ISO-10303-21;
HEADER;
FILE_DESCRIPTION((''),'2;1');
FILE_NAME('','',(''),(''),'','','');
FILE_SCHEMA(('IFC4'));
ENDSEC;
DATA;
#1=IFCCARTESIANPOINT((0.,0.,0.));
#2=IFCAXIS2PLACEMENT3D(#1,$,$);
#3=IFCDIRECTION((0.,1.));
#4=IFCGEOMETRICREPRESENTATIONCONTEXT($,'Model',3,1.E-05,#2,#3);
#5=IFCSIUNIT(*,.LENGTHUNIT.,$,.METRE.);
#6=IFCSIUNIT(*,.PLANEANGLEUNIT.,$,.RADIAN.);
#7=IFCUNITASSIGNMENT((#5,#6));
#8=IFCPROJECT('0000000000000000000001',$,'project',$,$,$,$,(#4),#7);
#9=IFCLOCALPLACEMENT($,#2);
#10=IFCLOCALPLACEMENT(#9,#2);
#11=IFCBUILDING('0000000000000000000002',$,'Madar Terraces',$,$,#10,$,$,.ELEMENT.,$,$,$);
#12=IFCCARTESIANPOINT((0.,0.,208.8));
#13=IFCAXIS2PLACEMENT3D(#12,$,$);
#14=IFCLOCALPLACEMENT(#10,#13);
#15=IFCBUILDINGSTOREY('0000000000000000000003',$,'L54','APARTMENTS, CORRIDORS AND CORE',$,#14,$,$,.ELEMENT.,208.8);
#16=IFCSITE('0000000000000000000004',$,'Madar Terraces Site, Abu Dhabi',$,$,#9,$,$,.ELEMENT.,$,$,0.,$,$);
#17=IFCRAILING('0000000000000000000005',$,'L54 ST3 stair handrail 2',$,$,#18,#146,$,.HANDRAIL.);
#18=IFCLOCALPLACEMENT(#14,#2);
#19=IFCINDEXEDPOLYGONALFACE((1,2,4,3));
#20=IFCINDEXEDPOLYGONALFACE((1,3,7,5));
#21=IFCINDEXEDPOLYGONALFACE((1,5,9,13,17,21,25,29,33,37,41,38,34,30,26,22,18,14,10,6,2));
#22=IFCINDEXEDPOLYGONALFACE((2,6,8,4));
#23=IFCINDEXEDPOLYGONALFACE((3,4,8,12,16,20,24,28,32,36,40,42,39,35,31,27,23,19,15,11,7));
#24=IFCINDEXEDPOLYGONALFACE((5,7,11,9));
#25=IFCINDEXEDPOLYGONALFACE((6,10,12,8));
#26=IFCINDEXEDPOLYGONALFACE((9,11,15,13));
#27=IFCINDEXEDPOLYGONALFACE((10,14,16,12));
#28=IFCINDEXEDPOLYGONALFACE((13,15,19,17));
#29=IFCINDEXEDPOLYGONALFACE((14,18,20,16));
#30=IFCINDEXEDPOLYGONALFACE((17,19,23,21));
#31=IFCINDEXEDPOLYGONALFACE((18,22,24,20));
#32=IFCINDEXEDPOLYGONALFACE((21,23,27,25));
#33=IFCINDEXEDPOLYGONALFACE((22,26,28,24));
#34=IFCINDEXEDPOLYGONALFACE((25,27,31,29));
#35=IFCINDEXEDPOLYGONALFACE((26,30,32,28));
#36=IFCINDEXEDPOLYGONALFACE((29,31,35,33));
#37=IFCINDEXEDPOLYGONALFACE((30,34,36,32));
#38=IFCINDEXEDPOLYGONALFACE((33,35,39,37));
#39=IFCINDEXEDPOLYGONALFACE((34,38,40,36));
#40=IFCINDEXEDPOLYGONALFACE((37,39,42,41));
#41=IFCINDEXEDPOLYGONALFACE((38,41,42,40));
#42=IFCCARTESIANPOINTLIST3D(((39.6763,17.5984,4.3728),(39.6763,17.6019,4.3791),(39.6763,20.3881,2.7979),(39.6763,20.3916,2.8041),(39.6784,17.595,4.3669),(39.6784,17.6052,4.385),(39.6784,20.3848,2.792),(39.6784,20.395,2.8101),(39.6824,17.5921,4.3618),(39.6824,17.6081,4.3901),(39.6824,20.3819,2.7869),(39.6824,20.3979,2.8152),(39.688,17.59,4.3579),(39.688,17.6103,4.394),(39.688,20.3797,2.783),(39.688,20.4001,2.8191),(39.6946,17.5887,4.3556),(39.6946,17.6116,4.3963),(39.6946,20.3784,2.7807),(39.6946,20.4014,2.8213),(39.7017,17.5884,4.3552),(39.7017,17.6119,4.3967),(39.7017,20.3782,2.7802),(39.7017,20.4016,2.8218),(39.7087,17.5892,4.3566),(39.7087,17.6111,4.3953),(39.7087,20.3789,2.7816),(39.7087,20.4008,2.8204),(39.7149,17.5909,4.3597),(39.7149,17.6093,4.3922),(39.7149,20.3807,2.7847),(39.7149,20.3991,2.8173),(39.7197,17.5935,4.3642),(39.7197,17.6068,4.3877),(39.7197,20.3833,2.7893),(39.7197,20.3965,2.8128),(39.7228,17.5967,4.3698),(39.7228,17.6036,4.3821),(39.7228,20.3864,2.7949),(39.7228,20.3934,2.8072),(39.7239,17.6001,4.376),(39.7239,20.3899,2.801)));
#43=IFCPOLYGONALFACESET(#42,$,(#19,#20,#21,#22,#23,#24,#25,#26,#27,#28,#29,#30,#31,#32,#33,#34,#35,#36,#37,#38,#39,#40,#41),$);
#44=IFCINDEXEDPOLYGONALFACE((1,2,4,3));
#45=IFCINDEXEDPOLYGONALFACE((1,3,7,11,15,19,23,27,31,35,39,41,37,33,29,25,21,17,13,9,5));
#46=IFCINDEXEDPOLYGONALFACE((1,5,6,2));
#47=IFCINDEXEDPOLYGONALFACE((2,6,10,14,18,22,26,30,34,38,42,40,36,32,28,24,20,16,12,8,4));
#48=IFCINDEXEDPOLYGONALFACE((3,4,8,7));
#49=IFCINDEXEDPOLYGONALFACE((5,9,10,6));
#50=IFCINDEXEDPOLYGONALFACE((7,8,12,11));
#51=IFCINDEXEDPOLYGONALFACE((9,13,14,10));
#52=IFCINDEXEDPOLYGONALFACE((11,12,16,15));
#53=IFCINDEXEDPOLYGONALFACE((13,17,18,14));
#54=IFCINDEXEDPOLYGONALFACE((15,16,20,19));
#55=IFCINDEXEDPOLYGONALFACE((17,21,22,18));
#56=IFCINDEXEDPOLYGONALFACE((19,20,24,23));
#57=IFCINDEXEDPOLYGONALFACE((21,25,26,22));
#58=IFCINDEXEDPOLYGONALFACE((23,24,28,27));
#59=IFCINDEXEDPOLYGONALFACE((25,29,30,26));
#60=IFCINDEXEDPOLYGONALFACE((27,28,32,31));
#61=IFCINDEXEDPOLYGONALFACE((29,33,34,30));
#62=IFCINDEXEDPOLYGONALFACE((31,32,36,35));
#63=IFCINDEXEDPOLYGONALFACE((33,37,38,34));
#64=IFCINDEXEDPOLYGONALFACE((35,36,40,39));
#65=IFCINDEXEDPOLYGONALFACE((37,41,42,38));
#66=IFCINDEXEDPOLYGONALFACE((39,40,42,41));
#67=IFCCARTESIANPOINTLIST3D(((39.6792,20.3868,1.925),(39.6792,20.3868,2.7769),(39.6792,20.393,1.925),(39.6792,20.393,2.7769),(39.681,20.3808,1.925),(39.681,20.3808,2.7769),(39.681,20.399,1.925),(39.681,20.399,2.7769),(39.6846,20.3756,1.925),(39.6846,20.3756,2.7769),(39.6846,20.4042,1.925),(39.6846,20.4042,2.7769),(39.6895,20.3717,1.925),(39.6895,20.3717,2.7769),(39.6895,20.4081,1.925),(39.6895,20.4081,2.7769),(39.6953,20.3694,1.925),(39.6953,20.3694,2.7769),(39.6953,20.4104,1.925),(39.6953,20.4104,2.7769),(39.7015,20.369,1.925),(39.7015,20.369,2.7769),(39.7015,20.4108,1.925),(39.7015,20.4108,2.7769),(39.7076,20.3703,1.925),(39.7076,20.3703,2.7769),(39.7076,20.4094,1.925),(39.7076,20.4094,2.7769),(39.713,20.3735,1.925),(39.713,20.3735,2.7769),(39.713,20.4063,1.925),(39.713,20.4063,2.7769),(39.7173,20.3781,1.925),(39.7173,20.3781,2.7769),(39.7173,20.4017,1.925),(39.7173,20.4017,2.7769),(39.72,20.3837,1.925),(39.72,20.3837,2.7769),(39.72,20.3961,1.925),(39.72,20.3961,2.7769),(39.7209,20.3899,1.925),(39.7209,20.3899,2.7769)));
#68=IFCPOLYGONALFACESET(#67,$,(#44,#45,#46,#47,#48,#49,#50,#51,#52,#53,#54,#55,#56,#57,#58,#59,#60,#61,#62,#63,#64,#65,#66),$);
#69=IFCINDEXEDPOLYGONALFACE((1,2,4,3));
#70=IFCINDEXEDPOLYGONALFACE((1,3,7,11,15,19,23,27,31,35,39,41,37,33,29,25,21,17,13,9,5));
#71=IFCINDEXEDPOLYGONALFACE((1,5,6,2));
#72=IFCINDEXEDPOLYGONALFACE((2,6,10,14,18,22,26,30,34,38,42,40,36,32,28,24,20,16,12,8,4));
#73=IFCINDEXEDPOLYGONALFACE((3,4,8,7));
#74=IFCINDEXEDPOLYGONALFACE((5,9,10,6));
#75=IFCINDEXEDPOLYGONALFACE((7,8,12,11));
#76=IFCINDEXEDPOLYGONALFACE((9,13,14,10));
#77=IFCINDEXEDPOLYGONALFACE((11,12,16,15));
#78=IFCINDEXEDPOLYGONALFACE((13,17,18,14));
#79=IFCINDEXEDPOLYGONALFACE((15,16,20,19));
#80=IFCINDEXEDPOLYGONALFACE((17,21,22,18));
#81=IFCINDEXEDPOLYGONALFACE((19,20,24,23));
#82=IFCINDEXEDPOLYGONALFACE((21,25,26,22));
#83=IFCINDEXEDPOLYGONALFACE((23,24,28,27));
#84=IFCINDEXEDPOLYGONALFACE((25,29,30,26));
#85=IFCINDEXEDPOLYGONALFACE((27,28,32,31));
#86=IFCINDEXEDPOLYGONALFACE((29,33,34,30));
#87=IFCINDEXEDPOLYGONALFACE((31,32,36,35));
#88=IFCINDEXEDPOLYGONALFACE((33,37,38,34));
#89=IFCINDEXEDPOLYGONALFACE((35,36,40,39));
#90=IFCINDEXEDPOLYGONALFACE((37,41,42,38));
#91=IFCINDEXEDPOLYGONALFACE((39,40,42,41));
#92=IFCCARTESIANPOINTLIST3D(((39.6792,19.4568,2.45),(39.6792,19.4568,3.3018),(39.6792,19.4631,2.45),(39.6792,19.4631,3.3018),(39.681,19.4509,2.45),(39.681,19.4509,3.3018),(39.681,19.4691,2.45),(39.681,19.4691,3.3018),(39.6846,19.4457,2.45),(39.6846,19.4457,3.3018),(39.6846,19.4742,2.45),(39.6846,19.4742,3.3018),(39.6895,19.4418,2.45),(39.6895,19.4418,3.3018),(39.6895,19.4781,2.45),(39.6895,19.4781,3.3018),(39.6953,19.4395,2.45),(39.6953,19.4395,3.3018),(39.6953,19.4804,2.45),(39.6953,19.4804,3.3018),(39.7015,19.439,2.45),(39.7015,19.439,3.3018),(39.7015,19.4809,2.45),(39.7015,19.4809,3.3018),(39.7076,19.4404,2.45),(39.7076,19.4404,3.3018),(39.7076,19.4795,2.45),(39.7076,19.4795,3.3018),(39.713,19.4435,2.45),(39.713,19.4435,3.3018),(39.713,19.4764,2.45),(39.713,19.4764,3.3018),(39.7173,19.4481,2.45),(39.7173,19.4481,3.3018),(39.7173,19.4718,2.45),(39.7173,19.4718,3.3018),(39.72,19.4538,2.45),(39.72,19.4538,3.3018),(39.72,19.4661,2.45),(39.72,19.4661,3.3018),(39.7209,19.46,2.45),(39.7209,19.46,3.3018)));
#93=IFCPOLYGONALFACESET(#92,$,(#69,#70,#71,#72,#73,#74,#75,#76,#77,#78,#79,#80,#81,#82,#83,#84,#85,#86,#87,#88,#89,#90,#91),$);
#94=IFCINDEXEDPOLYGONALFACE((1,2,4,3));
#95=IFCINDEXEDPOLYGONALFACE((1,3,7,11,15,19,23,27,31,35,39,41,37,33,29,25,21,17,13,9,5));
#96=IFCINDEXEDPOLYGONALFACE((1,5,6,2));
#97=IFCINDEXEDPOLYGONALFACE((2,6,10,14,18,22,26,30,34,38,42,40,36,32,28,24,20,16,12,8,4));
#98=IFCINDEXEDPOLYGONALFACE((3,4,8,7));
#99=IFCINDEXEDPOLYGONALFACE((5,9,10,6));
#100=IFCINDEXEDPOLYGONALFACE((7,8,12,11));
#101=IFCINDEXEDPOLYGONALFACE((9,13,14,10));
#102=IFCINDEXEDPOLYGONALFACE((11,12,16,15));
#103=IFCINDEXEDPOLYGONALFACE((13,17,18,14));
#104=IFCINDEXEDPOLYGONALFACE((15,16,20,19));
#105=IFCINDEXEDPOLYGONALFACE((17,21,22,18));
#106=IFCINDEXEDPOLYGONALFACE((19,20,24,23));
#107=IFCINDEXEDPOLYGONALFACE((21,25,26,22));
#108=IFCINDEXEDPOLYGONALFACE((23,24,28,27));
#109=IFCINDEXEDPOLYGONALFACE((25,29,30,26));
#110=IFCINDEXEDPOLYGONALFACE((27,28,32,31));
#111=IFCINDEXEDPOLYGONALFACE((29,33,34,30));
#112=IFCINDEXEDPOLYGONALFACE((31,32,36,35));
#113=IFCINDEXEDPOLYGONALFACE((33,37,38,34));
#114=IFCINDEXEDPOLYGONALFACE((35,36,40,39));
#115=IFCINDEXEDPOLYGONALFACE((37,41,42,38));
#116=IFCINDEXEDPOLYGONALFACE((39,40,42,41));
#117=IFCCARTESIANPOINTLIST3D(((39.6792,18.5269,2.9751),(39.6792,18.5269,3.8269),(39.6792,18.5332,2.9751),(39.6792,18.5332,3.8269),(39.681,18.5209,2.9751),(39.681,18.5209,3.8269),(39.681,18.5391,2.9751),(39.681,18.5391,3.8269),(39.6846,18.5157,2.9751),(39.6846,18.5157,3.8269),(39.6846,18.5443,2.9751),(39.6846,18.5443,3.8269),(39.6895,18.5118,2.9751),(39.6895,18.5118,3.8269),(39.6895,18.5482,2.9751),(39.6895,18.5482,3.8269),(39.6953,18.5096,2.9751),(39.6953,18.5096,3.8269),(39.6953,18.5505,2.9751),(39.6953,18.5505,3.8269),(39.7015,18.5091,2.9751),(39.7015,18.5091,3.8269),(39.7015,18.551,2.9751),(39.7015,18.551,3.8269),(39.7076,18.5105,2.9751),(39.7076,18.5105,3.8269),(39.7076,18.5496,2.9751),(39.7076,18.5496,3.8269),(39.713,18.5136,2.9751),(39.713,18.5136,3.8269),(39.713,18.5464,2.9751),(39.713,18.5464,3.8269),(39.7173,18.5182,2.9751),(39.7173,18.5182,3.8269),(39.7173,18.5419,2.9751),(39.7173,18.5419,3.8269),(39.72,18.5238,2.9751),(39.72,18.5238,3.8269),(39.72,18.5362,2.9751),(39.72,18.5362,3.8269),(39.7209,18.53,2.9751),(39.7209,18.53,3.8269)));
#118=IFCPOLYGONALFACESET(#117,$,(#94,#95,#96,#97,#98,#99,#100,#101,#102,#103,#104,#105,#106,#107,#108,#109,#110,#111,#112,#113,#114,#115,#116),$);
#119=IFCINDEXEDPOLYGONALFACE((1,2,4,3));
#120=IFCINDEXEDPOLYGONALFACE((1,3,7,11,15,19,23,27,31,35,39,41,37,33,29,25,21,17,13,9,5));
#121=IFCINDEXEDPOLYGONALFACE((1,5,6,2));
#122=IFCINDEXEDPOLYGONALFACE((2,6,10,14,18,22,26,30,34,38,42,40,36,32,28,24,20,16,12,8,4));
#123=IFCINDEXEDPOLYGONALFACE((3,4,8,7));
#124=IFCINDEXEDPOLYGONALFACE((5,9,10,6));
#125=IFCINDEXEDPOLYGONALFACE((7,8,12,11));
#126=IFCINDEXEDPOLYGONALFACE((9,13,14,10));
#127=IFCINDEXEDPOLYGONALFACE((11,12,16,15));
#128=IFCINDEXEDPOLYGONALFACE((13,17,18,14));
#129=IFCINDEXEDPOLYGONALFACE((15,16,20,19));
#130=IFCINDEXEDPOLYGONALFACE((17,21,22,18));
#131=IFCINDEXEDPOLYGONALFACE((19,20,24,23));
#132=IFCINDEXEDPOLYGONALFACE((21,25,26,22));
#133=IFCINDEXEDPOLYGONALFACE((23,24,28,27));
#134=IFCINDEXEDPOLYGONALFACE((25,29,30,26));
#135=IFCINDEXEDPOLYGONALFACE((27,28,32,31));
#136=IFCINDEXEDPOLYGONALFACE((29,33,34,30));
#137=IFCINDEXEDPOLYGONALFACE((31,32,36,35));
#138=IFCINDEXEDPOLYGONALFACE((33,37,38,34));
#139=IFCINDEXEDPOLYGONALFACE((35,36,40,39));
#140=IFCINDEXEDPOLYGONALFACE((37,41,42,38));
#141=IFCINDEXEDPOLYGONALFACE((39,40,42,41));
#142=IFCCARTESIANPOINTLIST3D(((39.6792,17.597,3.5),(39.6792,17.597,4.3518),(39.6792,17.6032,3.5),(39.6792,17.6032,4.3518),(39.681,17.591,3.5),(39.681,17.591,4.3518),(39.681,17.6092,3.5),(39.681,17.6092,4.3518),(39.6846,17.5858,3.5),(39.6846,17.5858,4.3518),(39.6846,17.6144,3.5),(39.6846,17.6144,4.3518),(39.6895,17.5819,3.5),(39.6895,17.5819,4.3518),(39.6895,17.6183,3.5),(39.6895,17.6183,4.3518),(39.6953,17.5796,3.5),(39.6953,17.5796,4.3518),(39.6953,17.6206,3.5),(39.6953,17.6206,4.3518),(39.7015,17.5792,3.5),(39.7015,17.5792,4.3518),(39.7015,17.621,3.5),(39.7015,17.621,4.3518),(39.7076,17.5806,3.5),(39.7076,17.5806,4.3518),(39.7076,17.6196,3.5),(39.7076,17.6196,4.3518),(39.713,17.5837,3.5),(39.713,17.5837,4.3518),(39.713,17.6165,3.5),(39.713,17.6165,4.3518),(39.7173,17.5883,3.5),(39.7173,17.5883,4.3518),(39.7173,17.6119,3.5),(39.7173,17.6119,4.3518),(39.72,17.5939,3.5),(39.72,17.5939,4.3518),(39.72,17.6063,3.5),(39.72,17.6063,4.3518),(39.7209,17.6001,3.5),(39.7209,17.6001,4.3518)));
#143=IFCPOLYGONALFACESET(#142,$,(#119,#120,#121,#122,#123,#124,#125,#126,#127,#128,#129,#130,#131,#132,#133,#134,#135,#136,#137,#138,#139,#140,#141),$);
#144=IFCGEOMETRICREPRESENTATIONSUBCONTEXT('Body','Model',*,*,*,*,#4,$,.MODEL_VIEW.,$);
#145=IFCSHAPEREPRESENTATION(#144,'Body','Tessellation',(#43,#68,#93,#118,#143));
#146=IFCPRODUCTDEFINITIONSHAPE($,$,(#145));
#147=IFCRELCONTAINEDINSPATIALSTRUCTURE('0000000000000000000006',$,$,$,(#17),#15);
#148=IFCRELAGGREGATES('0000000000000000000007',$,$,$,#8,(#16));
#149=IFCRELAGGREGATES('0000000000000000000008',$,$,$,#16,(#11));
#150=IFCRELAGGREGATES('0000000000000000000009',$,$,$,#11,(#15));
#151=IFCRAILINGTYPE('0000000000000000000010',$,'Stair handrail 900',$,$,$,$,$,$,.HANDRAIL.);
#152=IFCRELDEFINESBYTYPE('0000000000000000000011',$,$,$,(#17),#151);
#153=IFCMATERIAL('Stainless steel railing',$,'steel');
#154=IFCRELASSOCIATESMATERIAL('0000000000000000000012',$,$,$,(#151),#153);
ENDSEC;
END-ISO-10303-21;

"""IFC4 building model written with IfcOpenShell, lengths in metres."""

from ifc_helpers import new_model, si_unit, direction, frame, origin, origin_2d, place, context, subcontext, project, spatial, circle, extrude, material, type_object, element, save


model = new_model("IFC4")

# Units and contexts
model_context = context("Model", 3, precision=1e-05, world=origin(), true_north=direction((0.0, 1.0)))
body_context = subcontext(model_context, "Body", "Model", "MODEL_VIEW")
ifc_project = project(units=[si_unit("LENGTHUNIT", "METRE"), si_unit("PLANEANGLEUNIT", "RADIAN")], contexts=[model_context])

# Site, building, storey
site_placement = place(None, origin())
site = spatial("IfcSite", under=ifc_project, at=site_placement, Name="Madar Terraces Site, Abu Dhabi", CompositionType="ELEMENT", RefElevation=0.0)
building_placement = place(site_placement, origin())
building = spatial("IfcBuilding", under=site, at=building_placement, Name="Madar Terraces", CompositionType="ELEMENT")
storey_placement = place(building_placement, frame((0.0, 0.0, 208.8)))
storey = spatial("IfcBuildingStorey", under=building, at=storey_placement, Name="L54", Description="APARTMENTS, CORRIDORS AND CORE", CompositionType="ELEMENT", Elevation=208.8)

# Railing
ifc_material_1 = material(Name="Stainless steel railing", Category="steel")
railing_type_1 = type_object("IfcRailingType", Name="Stair handrail 900", PredefinedType="HANDRAIL", material=ifc_material_1)
railing_1_placement = place(storey_placement, frame((39.7, 20.3899, 1.925)))
element("IfcRailing", 1, at=railing_1_placement, inside=storey, type_object=railing_type_1, Name="L54 ST3 stair handrail 2", PredefinedType="HANDRAIL", context=body_context, shape_type="SweptSolid", body=[
    extrude(circle(Radius=0.0239, at=origin_2d()), frame((0.0, 0.0, 0.876), z_axis=(0.0, -0.870815, 0.49161), x_axis=(1.0, 0.0, 0.0)), (0.0, 0.0, 1.0), 3.2036),
    extrude(circle(Radius=0.021, at=origin_2d()), origin(), (0.0, 0.0, 1.0), 0.8518),
    extrude(circle(Radius=0.021, at=origin_2d()), frame((0.0, -0.9299, 0.5249)), (0.0, 0.0, 1.0), 0.8518),
    extrude(circle(Radius=0.021, at=origin_2d()), frame((0.0, -1.8599, 1.05)), (0.0, 0.0, 1.0), 0.8518),
    extrude(circle(Radius=0.021, at=origin_2d()), frame((0.0, -2.7898, 1.575)), (0.0, 0.0, 1.0), 0.8518),
])

save(model, "model.ifc")
